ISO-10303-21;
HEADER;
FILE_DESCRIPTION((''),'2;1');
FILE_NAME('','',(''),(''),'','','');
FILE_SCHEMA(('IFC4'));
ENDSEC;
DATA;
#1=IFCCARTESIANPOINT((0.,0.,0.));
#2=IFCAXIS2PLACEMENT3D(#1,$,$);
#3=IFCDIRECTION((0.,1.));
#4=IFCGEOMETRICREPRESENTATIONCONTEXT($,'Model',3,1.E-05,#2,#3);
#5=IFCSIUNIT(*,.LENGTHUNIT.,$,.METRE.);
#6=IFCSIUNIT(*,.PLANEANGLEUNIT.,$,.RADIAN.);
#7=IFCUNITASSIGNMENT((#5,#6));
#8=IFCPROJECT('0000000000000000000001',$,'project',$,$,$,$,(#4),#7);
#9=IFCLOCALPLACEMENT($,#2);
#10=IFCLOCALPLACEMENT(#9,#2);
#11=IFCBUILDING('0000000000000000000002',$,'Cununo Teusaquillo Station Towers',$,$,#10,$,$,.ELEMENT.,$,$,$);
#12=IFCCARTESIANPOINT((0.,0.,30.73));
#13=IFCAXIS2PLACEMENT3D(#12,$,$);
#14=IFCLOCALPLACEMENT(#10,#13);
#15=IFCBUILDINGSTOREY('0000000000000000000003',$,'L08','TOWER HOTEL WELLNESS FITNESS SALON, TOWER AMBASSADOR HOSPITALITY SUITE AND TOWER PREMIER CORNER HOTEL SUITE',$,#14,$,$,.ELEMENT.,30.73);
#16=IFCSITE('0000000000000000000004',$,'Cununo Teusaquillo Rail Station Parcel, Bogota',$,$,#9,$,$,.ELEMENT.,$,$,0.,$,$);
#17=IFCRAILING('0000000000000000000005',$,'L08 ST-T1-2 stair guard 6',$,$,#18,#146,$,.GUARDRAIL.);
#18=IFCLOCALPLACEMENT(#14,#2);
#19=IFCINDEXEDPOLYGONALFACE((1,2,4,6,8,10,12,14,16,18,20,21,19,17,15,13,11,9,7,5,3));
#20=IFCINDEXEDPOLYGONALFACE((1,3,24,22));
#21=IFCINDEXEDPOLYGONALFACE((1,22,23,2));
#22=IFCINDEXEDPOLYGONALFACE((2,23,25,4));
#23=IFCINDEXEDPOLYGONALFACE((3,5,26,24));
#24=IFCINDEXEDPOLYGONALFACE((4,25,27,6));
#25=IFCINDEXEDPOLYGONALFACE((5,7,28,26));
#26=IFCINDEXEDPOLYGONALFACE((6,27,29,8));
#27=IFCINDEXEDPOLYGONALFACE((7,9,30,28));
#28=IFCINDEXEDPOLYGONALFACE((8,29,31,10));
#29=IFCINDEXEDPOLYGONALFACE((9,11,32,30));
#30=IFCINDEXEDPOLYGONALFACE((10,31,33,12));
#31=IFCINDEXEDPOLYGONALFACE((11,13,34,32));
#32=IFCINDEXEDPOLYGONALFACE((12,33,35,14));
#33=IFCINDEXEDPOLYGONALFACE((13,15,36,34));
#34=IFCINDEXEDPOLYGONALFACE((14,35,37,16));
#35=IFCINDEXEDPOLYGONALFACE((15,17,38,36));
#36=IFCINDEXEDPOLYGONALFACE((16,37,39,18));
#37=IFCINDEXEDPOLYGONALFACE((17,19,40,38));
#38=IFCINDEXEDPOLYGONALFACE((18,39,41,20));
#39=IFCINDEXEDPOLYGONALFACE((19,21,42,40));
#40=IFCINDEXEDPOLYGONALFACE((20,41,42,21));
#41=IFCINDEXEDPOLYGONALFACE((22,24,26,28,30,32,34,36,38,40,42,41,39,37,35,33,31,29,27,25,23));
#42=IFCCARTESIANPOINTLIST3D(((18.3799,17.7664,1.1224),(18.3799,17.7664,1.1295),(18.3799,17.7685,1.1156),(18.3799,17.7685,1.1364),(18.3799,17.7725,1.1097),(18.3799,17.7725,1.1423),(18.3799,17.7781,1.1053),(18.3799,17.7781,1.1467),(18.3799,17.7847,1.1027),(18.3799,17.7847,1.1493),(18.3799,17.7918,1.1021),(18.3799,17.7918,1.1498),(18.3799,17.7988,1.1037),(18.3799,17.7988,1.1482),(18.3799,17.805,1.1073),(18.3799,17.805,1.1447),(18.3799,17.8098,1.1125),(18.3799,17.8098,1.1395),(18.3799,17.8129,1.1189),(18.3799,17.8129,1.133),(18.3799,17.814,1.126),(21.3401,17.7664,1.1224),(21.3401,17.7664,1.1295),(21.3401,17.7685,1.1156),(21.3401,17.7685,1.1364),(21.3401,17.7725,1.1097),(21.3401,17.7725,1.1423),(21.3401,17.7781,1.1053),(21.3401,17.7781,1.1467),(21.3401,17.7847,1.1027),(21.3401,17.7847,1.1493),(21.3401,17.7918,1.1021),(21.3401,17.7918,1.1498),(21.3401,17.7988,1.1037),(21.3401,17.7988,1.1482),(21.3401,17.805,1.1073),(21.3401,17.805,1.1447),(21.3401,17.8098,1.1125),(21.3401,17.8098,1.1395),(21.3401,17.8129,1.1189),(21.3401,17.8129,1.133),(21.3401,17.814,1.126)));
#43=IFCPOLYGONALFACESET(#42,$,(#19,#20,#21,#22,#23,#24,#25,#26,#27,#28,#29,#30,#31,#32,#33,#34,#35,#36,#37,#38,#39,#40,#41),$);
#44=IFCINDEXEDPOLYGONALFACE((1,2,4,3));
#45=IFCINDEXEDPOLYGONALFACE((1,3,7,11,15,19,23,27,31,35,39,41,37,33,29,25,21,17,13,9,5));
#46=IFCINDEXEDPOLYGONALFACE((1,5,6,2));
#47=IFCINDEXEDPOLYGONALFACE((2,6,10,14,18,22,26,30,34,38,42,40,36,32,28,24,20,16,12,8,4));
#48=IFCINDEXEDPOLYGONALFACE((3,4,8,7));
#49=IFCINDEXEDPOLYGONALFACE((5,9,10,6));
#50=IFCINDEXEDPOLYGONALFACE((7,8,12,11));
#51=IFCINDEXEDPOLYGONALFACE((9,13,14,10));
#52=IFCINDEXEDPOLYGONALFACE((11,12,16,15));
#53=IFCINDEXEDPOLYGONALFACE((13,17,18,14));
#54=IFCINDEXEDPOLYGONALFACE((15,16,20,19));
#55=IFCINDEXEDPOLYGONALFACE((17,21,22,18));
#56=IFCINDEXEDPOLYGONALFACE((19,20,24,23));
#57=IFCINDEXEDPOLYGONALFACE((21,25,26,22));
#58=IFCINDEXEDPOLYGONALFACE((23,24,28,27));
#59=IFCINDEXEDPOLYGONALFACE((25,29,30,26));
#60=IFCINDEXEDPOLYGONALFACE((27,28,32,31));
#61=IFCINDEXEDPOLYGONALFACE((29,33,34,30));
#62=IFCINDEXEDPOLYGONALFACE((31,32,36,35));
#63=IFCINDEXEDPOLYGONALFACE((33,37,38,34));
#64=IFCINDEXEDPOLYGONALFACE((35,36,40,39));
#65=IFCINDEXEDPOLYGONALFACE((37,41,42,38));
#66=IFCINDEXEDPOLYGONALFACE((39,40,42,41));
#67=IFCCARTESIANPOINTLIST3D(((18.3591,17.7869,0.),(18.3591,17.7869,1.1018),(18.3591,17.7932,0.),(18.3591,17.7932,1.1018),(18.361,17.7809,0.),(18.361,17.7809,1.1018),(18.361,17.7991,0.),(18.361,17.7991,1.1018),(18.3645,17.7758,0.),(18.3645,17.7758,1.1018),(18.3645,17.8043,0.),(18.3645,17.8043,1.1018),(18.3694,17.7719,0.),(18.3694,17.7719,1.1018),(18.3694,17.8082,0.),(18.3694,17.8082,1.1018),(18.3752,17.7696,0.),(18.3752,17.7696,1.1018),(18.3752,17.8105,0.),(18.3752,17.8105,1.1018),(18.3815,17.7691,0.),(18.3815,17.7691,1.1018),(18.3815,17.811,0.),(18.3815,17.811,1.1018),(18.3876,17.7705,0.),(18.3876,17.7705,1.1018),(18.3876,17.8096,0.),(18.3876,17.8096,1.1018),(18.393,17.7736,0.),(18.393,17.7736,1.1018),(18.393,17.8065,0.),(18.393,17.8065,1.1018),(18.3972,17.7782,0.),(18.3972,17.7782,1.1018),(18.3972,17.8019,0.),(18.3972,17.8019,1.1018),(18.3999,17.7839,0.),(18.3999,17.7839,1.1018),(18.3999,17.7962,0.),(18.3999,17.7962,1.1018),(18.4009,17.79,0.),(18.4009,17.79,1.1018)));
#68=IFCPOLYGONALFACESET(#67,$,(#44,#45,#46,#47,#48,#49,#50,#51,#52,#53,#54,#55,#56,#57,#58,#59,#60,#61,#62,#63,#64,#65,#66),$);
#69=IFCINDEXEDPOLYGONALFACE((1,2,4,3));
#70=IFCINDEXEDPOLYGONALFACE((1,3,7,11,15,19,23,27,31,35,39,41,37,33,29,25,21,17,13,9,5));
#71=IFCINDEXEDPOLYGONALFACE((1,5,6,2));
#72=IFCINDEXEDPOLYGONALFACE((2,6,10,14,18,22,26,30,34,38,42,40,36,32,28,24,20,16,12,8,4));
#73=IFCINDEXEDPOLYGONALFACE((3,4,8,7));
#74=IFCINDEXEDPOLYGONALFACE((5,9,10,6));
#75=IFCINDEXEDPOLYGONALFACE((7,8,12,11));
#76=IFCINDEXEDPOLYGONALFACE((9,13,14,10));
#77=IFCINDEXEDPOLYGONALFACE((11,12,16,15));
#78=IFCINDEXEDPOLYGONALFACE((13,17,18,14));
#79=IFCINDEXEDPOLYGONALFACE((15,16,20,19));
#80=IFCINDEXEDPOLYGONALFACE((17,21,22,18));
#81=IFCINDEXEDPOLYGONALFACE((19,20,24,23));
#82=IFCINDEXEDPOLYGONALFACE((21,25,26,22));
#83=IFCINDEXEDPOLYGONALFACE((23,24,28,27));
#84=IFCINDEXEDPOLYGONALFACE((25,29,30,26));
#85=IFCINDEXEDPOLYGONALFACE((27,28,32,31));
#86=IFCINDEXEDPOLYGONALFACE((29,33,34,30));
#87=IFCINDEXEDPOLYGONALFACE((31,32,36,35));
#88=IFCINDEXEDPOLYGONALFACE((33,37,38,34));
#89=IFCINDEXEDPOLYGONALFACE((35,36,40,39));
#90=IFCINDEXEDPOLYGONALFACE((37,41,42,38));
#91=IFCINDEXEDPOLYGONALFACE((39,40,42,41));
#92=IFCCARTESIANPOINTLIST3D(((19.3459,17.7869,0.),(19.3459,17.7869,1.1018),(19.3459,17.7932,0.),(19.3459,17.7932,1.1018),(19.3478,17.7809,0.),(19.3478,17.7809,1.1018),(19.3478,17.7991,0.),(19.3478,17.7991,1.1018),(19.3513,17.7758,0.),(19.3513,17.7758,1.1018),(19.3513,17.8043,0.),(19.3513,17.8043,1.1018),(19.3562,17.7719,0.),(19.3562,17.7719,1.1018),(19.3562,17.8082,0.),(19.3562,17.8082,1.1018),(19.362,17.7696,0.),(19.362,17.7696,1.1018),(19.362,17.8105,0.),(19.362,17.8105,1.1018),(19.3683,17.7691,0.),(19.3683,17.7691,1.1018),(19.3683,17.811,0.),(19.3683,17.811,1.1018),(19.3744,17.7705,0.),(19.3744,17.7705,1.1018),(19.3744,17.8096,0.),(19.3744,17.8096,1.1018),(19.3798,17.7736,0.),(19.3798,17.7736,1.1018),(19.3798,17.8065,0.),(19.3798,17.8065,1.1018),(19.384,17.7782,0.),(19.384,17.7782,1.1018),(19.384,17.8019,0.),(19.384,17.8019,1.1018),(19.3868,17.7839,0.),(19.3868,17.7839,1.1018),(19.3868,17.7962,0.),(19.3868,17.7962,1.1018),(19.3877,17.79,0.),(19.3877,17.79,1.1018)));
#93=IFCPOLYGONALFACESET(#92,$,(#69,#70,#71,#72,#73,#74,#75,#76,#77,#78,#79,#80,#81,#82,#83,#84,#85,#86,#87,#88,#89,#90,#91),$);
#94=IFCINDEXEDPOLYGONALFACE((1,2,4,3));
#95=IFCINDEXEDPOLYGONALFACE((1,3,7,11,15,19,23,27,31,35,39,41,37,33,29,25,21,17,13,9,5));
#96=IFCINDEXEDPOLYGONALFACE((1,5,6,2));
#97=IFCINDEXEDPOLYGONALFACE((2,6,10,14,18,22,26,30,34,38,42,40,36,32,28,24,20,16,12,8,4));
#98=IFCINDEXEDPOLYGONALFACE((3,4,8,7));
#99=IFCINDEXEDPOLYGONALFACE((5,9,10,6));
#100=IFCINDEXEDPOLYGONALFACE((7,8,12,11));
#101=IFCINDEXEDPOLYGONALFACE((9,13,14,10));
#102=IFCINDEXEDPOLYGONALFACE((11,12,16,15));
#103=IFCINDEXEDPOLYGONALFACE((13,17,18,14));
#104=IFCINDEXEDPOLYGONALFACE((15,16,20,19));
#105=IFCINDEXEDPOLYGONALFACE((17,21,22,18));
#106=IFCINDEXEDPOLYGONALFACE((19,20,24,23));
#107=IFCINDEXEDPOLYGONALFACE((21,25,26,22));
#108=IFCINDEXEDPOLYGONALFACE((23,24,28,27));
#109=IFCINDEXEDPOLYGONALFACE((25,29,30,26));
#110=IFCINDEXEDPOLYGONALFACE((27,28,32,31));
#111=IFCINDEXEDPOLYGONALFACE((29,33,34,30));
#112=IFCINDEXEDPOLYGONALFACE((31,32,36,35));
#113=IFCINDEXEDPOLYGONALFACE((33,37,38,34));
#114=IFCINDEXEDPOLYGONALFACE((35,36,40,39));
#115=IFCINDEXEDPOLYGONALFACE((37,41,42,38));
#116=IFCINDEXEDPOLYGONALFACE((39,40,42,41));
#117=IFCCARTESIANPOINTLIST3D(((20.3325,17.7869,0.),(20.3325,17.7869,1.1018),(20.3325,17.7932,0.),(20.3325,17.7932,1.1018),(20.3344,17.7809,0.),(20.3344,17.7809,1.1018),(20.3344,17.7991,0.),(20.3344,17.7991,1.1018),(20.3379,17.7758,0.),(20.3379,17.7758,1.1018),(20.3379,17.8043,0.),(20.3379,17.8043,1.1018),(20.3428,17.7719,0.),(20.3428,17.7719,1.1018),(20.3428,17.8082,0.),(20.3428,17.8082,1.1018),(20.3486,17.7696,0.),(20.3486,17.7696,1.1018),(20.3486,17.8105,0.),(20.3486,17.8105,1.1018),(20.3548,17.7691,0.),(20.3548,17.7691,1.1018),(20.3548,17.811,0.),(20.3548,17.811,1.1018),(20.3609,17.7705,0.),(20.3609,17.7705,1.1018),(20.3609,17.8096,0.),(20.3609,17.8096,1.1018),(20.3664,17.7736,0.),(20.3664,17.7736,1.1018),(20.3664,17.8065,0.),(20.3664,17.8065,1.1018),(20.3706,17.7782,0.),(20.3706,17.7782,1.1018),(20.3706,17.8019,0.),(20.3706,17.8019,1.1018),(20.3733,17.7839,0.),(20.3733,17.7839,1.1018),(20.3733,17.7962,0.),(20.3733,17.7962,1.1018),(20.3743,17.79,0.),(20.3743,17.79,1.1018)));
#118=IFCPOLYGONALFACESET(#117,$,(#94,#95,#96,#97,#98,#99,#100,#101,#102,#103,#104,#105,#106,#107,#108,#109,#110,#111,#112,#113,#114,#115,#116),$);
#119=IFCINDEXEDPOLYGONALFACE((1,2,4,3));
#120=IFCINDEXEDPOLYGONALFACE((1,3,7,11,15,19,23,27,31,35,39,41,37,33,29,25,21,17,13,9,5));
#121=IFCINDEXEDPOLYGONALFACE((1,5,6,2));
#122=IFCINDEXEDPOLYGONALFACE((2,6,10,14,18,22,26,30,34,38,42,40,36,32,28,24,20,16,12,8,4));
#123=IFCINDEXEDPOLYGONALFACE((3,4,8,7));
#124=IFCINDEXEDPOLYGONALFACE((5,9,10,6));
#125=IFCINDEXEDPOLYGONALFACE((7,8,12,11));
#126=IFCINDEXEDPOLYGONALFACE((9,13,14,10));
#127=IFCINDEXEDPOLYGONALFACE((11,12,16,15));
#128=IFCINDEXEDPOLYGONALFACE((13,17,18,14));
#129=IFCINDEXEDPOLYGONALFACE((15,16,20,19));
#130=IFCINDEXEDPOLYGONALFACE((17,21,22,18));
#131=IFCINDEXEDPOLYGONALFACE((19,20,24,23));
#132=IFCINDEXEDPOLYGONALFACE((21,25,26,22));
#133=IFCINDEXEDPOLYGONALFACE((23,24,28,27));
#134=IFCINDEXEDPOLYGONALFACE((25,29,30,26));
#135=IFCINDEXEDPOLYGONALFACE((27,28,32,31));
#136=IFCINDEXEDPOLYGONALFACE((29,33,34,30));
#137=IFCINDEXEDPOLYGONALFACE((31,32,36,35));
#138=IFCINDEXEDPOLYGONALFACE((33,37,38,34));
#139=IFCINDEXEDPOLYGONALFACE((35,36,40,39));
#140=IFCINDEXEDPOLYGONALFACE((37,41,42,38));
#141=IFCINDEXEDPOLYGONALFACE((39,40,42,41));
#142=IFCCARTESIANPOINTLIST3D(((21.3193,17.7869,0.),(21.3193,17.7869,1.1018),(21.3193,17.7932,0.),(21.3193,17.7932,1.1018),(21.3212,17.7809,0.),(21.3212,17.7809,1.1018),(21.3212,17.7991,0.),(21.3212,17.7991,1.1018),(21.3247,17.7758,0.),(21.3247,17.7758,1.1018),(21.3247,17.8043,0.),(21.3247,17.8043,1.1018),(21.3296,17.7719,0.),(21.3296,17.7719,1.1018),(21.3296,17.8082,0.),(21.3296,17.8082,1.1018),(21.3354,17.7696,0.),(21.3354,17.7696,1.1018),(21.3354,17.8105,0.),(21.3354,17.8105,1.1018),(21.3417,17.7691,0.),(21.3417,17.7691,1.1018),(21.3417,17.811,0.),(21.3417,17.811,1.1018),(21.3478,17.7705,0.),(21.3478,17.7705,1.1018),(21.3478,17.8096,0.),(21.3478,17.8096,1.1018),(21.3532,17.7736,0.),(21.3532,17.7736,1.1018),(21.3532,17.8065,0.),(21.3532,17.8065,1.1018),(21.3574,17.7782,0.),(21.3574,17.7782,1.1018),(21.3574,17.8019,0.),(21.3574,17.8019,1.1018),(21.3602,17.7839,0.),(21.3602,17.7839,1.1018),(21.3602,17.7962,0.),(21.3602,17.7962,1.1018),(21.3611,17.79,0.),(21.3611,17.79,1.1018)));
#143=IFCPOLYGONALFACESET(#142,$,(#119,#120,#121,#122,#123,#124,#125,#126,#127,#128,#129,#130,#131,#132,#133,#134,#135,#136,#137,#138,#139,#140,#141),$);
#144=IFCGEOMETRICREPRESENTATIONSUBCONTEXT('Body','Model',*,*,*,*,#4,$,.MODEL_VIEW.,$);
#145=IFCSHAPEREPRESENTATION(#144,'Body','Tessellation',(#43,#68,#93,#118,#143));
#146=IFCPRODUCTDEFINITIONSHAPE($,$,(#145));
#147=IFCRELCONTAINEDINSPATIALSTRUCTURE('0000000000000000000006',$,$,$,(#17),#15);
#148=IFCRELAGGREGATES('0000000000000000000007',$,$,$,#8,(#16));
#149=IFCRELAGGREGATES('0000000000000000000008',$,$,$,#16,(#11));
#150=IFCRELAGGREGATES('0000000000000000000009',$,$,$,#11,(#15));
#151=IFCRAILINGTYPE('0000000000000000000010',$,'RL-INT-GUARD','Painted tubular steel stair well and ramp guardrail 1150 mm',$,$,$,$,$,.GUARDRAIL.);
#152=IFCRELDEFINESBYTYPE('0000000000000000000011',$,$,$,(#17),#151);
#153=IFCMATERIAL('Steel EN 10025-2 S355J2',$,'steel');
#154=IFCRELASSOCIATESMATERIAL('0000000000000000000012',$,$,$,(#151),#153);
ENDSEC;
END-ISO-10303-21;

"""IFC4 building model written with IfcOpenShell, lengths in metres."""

from ifc_helpers import new_model, si_unit, direction, frame, origin, origin_2d, place, context, subcontext, project, spatial, circle, extrude, material, type_object, element, save


model = new_model("IFC4")

# Units and contexts
model_context = context("Model", 3, precision=1e-05, world=origin(), true_north=direction((0.0, 1.0)))
body_context = subcontext(model_context, "Body", "Model", "MODEL_VIEW")
ifc_project = project(units=[si_unit("LENGTHUNIT", "METRE"), si_unit("PLANEANGLEUNIT", "RADIAN")], contexts=[model_context])

# Site, building, storey
site_placement = place(None, origin())
site = spatial("IfcSite", under=ifc_project, at=site_placement, Name="Cununo Teusaquillo Rail Station Parcel, Bogota", CompositionType="ELEMENT", RefElevation=0.0)
building_placement = place(site_placement, origin())
building = spatial("IfcBuilding", under=site, at=building_placement, Name="Cununo Teusaquillo Station Towers", CompositionType="ELEMENT")
storey_placement = place(building_placement, frame((0.0, 0.0, 30.73)))
storey = spatial("IfcBuildingStorey", under=building, at=storey_placement, Name="L08", Description="TOWER HOTEL WELLNESS FITNESS SALON, TOWER AMBASSADOR HOSPITALITY SUITE AND TOWER PREMIER CORNER HOTEL SUITE", CompositionType="ELEMENT", Elevation=30.73)

# Railing
ifc_material_1 = material(Name="Steel EN 10025-2 S355J2", Category="steel")
railing_type_1 = type_object("IfcRailingType", Name="RL-INT-GUARD", Description="Painted tubular steel stair well and ramp guardrail 1150 mm", PredefinedType="GUARDRAIL", material=ifc_material_1)
railing_1_placement = place(storey_placement, frame((18.3799, 17.79, 0.0)))
element("IfcRailing", 1, at=railing_1_placement, inside=storey, type_object=railing_type_1, Name="L08 ST-T1-2 stair guard 6", PredefinedType="GUARDRAIL", context=body_context, shape_type="SweptSolid", body=[
    extrude(circle(Radius=0.0239, at=origin_2d()), frame((0.0, 0.0, 1.126), z_axis=(1.0, 0.0, 0.0), x_axis=(0.0, 1.0, 0.0)), (0.0, 0.0, 1.0), 2.9602),
    extrude(circle(Radius=0.021, at=origin_2d()), origin(), (0.0, 0.0, 1.0), 1.1018),
    extrude(circle(Radius=0.021, at=origin_2d()), frame((0.9868, 0.0, 0.0)), (0.0, 0.0, 1.0), 1.1018),
    extrude(circle(Radius=0.021, at=origin_2d()), frame((1.9734, 0.0, 0.0)), (0.0, 0.0, 1.0), 1.1018),
    extrude(circle(Radius=0.021, at=origin_2d()), frame((2.9602, 0.0, 0.0)), (0.0, 0.0, 1.0), 1.1018),
])

save(model, "model.ifc")
